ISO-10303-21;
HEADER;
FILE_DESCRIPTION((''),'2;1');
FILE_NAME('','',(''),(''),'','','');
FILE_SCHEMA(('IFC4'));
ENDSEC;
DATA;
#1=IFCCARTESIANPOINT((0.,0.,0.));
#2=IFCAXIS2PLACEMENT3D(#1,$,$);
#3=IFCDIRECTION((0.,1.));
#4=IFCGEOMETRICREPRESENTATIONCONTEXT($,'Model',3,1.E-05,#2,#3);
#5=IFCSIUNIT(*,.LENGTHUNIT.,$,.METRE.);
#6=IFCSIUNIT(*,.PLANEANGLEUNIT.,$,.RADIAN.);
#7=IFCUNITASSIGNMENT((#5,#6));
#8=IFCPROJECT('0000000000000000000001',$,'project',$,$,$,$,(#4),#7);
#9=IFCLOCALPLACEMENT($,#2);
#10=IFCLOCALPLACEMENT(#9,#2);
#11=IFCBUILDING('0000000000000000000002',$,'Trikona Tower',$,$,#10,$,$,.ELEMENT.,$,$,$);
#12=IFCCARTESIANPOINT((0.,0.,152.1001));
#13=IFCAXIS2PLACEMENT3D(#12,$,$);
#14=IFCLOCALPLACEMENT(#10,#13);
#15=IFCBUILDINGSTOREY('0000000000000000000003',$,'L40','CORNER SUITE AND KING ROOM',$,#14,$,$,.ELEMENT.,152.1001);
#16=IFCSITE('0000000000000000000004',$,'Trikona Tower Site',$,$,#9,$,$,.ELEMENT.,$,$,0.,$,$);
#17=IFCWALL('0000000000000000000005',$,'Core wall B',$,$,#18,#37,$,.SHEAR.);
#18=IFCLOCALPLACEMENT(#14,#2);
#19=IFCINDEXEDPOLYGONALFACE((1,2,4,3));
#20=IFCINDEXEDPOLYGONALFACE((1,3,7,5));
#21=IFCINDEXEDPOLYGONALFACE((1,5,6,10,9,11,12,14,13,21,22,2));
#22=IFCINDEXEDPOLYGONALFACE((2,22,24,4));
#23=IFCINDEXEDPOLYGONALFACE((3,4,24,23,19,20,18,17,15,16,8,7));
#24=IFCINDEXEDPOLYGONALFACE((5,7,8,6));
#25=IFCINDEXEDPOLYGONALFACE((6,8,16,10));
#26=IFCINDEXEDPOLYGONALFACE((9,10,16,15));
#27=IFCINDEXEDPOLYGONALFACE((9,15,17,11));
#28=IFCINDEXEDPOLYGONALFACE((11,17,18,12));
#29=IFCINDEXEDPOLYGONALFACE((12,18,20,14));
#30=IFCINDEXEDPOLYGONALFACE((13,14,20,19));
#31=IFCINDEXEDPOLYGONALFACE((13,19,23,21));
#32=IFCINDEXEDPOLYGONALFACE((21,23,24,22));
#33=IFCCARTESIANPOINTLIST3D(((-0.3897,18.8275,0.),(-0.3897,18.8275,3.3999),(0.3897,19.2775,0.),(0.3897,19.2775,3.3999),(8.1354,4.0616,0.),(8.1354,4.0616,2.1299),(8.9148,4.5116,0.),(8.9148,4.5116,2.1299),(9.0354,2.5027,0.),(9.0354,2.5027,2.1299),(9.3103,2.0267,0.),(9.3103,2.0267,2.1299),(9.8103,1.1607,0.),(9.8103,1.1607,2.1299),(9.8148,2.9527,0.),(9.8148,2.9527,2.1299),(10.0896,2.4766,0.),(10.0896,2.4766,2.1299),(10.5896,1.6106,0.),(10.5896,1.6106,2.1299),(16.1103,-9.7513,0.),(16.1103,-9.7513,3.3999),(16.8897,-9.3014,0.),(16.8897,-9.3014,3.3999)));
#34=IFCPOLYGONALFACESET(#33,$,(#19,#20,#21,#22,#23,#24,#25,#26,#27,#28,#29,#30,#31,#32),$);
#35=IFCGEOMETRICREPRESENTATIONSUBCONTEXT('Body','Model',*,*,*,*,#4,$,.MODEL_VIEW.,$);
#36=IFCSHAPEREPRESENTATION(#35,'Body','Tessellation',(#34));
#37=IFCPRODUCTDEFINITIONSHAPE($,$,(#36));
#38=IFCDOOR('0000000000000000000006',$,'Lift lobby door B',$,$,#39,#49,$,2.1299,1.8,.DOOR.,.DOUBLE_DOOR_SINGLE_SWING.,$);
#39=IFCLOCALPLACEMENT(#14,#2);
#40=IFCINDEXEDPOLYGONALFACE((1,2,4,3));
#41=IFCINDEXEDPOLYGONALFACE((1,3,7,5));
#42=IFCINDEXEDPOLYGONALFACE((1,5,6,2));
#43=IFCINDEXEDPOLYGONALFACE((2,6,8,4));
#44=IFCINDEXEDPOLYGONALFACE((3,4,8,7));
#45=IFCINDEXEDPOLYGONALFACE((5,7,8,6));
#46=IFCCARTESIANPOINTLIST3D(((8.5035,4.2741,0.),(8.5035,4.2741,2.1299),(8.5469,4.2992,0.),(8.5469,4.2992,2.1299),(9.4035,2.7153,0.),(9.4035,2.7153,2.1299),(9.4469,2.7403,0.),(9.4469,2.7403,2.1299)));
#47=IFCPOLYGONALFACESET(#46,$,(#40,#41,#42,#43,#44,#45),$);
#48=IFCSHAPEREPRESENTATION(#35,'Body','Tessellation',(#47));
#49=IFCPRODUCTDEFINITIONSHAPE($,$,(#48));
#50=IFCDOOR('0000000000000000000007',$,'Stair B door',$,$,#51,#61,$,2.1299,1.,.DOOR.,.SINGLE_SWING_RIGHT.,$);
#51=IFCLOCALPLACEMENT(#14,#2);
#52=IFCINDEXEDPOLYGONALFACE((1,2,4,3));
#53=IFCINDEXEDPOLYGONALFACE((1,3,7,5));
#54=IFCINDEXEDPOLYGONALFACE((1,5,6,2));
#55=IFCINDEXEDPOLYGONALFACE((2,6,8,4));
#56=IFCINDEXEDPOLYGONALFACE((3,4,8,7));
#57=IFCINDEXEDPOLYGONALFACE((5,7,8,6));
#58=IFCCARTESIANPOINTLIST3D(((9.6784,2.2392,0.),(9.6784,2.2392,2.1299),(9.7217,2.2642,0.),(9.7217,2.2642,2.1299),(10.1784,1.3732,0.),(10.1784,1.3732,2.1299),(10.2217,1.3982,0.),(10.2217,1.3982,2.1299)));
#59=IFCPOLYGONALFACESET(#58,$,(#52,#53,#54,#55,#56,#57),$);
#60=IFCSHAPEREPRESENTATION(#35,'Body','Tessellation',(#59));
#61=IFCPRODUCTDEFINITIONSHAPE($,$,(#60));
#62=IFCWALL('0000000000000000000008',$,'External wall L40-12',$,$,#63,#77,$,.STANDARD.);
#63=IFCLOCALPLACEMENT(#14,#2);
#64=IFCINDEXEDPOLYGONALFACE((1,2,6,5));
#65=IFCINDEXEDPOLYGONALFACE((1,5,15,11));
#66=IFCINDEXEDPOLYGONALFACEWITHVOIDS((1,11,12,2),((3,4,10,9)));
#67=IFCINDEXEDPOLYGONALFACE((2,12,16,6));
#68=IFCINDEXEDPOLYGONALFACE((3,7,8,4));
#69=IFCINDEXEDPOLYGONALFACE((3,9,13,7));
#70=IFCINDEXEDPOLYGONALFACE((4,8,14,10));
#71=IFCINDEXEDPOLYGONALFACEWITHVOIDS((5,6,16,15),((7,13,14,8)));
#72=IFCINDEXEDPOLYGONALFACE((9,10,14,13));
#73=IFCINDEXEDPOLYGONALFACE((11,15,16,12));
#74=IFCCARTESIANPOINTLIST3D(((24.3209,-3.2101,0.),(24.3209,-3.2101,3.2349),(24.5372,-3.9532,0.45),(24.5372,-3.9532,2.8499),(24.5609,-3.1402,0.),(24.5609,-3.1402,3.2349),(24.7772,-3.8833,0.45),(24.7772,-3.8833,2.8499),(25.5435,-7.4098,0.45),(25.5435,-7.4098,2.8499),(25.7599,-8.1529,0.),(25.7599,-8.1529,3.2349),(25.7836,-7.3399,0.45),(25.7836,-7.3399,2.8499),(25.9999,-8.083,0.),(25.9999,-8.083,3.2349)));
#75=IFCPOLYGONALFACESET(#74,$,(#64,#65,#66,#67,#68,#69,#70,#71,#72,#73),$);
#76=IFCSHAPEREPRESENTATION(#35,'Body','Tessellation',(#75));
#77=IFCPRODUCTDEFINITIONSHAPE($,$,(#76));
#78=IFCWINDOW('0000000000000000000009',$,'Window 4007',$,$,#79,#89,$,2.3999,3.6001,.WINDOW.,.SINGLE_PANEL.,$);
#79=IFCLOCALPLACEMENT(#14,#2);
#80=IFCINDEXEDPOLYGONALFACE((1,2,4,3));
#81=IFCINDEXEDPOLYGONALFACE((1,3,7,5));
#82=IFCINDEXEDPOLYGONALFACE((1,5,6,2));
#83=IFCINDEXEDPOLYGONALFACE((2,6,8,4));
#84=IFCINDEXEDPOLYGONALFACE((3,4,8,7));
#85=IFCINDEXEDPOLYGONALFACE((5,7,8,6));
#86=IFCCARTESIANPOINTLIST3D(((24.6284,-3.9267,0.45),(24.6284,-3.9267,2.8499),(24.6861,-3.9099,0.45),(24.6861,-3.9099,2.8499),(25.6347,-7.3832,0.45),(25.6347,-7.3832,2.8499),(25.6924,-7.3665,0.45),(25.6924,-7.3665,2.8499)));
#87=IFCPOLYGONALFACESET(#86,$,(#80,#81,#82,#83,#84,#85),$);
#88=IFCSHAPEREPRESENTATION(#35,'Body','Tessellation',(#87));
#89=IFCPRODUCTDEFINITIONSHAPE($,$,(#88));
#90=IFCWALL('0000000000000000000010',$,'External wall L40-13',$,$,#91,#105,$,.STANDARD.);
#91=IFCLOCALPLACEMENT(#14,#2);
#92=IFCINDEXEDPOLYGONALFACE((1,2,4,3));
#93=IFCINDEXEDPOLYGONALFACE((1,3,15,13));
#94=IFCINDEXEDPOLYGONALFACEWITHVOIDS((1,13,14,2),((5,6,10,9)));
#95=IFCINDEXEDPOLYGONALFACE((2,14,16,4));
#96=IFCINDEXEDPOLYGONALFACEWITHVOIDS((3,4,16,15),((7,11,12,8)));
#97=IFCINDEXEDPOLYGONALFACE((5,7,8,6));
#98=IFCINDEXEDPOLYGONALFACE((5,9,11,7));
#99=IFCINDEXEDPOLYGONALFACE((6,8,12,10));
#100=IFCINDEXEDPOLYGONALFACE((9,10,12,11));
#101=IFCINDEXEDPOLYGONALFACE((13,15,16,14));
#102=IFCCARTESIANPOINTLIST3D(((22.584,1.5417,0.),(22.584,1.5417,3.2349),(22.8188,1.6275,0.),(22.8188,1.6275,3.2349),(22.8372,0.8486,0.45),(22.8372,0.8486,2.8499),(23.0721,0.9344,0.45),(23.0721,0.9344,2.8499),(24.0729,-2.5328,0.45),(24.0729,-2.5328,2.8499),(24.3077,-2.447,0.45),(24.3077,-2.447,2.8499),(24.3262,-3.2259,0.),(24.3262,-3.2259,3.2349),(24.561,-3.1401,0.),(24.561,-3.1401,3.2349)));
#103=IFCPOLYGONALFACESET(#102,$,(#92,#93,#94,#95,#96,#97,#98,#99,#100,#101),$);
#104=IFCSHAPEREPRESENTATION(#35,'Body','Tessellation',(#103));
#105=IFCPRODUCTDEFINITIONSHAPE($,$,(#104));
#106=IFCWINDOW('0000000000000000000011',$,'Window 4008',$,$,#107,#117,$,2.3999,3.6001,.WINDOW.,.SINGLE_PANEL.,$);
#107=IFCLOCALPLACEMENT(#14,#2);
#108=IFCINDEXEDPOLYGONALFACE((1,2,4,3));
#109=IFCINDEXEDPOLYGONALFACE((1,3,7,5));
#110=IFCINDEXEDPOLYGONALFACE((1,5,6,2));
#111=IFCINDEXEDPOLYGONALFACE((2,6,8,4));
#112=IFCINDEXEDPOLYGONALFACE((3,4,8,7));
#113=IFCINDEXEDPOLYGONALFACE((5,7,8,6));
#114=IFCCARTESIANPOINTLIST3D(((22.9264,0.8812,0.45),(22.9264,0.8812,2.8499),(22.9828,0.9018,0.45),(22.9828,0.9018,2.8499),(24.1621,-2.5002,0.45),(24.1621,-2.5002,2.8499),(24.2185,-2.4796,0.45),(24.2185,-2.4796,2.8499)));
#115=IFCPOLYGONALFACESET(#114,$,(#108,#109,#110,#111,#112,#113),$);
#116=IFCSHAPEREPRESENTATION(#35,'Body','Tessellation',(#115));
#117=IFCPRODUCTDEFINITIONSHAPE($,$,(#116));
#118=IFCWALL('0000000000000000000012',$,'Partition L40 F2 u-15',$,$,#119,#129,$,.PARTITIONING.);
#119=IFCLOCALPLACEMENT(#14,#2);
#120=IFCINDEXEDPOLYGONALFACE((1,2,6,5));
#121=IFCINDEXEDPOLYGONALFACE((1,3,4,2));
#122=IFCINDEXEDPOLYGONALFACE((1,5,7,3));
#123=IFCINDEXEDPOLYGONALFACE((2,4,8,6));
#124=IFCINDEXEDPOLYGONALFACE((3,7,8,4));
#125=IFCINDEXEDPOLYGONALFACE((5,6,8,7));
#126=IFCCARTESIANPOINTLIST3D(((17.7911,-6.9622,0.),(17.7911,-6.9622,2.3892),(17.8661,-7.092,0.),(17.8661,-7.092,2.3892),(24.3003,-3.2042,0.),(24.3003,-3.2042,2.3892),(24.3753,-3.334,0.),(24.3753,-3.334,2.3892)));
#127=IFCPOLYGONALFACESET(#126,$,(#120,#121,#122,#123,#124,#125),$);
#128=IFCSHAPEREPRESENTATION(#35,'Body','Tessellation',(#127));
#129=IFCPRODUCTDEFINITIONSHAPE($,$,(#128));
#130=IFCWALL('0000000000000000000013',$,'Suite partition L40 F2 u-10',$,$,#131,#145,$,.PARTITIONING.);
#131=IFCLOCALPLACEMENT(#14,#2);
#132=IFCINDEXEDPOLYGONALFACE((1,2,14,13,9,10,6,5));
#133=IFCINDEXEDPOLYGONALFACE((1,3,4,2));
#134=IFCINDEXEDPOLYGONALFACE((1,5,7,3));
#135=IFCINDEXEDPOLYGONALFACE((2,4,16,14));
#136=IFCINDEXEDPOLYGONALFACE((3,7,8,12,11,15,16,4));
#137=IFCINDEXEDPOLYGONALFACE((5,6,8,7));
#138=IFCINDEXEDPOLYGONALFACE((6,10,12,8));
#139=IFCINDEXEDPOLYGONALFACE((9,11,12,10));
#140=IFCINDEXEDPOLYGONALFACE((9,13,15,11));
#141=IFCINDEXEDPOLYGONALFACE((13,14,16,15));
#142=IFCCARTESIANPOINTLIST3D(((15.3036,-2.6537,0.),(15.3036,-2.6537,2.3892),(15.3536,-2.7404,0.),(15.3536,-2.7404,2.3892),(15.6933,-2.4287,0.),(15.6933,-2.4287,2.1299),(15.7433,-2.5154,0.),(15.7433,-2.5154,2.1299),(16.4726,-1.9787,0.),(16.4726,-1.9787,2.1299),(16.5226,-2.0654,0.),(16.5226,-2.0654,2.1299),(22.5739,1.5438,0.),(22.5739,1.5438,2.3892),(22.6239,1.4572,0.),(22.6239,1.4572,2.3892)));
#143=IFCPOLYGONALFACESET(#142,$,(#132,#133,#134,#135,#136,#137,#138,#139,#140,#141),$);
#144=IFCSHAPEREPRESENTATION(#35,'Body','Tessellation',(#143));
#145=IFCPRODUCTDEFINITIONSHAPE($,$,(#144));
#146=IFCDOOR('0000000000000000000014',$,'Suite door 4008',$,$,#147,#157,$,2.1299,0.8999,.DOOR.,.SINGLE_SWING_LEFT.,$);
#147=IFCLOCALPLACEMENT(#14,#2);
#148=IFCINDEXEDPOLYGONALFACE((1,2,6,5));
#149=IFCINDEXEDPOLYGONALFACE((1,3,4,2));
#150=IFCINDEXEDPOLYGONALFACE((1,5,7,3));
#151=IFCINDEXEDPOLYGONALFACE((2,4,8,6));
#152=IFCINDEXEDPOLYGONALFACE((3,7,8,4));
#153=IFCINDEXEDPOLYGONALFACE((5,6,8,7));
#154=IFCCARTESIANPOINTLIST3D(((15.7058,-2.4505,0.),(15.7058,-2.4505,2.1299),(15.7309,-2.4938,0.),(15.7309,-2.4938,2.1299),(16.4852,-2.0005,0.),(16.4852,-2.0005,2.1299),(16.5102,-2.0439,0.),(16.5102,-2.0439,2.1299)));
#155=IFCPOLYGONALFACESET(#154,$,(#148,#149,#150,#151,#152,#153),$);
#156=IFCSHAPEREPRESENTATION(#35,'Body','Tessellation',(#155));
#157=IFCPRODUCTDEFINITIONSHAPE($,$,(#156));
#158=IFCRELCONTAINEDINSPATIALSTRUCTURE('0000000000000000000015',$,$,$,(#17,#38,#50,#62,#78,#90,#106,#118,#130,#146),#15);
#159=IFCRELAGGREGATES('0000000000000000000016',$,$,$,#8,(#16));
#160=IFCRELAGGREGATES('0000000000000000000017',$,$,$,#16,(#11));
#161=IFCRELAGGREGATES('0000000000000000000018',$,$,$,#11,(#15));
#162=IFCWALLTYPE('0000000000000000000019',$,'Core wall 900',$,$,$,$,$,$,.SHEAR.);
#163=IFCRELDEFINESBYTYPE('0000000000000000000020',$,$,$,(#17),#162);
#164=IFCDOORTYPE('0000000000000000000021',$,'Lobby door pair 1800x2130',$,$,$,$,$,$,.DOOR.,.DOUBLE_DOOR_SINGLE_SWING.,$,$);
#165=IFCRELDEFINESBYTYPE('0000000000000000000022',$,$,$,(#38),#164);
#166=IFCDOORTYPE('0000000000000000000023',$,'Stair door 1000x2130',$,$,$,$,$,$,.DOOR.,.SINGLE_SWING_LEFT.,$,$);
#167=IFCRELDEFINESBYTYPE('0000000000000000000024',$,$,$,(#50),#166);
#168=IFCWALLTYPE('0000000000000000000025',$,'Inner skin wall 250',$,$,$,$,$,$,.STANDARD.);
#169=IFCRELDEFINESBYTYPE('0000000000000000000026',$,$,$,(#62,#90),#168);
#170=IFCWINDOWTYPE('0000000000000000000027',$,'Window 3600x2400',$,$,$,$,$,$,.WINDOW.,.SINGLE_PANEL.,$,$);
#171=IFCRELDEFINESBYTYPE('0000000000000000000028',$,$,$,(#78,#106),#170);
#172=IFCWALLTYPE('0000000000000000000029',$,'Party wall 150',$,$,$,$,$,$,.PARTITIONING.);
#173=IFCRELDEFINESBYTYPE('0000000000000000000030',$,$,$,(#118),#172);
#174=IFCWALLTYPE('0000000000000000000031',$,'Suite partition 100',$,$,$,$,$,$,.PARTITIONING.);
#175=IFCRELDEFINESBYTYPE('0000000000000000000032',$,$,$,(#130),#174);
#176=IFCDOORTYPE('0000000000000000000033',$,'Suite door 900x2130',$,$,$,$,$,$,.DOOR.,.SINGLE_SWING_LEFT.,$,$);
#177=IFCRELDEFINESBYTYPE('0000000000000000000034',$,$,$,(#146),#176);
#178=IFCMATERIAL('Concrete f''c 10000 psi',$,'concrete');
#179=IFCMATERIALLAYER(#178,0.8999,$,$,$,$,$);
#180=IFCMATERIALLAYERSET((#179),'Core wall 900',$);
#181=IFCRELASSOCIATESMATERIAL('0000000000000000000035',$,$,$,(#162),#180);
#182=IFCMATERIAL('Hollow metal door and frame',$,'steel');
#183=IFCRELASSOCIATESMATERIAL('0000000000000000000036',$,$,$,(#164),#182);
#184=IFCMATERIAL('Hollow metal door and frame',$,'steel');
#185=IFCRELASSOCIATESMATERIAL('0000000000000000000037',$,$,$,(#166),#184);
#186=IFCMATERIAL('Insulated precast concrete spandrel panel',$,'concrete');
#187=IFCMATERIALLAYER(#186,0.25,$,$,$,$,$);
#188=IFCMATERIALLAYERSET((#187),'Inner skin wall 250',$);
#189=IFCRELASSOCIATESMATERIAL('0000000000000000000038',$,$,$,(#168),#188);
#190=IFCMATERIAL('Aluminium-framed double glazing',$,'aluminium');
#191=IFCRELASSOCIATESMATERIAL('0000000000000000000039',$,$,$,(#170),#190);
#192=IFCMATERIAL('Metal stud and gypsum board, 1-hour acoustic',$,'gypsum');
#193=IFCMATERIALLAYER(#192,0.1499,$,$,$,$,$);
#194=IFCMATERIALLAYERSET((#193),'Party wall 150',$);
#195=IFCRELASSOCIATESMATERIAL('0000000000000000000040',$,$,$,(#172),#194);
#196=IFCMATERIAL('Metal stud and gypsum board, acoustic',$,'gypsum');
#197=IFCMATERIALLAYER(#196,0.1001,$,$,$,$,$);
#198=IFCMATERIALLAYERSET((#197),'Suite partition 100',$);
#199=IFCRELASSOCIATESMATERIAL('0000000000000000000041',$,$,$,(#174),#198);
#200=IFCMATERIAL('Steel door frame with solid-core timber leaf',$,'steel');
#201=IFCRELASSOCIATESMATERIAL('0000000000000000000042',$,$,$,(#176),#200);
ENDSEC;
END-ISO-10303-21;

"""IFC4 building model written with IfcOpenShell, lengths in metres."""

from ifc_helpers import new_model, si_unit, direction, frame, frame_2d, origin, place, context, subcontext, project, spatial, rectangle, extrude, material, layer, layer_set, type_object, element, fill, save


model = new_model("IFC4")

# Units and contexts
model_context = context("Model", 3, precision=1e-05, world=origin(), true_north=direction((0.0, 1.0)))
body_context = subcontext(model_context, "Body", "Model", "MODEL_VIEW")
ifc_project = project(units=[si_unit("LENGTHUNIT", "METRE"), si_unit("PLANEANGLEUNIT", "RADIAN")], contexts=[model_context])

# Site, building, storey
site_placement = place(None, origin())
site = spatial("IfcSite", under=ifc_project, at=site_placement, Name="Trikona Tower Site", CompositionType="ELEMENT", RefElevation=0.0)
building_placement = place(site_placement, origin())
building = spatial("IfcBuilding", under=site, at=building_placement, Name="Trikona Tower", CompositionType="ELEMENT")
storey_placement = place(building_placement, frame((0.0, 0.0, 152.1001)))
storey = spatial("IfcBuildingStorey", under=building, at=storey_placement, Name="L40", Description="CORNER SUITE AND KING ROOM", CompositionType="ELEMENT", Elevation=152.1001)

# Wall, openings, doors
ifc_material_1 = material(Name="Concrete f'c 10000 psi", Category="concrete")
ifc_layer_1 = layer(ifc_material_1, 0.8999)
ifc_layer_set_1 = layer_set([ifc_layer_1], Name="Core wall 900")
wall_type_1 = type_object("IfcWallType", Name="Core wall 900", PredefinedType="SHEAR", material=ifc_layer_set_1)
wall_1_placement = place(storey_placement, frame((16.5, -9.5264, 0.0), z_axis=(0.0, 0.0, 1.0), x_axis=(-0.5, 0.866026, 0.0)))
wall_1 = element("IfcWall", 1, at=wall_1_placement, inside=storey, type_object=wall_type_1, Name="Core wall B", PredefinedType="SHEAR", context=body_context, shape_type="SweptSolid", body=[
    extrude(rectangle(XDim=33.0, YDim=0.8999, at=frame_2d((16.5, 0.0))), origin(), (0.0, 0.0, 1.0), 3.3999),
])
opening_1_placement = place(wall_1_placement, frame((14.1499, 0.0, 0.0)))
opening_1 = element("IfcOpeningElement", 2, at=opening_1_placement, cuts=wall_1, PredefinedType="OPENING", context=body_context, shape_type="SweptSolid", body=[
    extrude(rectangle(XDim=1.8, YDim=2.1299, at=frame_2d((0.8999, 1.0649))), frame((0.0, 0.46, 0.0), z_axis=(0.0, -1.0, 0.0), x_axis=(1.0, 0.0, 0.0)), (0.0, 0.0, 1.0), 0.9199),
])
opening_2_placement = place(wall_1_placement, frame((12.6001, 0.0, 0.0)))
opening_2 = element("IfcOpeningElement", 3, at=opening_2_placement, cuts=wall_1, PredefinedType="OPENING", context=body_context, shape_type="SweptSolid", body=[
    extrude(rectangle(XDim=1.0, YDim=2.1299, at=frame_2d((0.5, 1.0649))), frame((0.0, 0.46, 0.0), z_axis=(0.0, -1.0, 0.0), x_axis=(1.0, 0.0, 0.0)), (0.0, 0.0, 1.0), 0.9199),
])
ifc_material_2 = material(Name="Hollow metal door and frame", Category="steel")
door_type_1 = type_object("IfcDoorType", Name="Lobby door pair 1800x2130", OperationType="DOUBLE_DOOR_SINGLE_SWING", PredefinedType="DOOR", material=ifc_material_2)
door_1_placement = place(opening_1_placement, origin())
door_1 = element("IfcDoor", 4, at=door_1_placement, inside=storey, type_object=door_type_1, Name="Lift lobby door B", OperationType="DOUBLE_DOOR_SINGLE_SWING", OverallHeight=2.1299, OverallWidth=1.8, PredefinedType="DOOR", context=body_context, shape_type="SweptSolid", body=[
    extrude(rectangle(XDim=1.8, YDim=2.1299, at=frame_2d((0.8999, 1.0649))), frame((0.0, 0.0249, 0.0), z_axis=(0.0, -1.0, 0.0), x_axis=(1.0, 0.0, 0.0)), (0.0, 0.0, 1.0), 0.05),
])
fill(opening_1, door_1)
ifc_material_3 = material(Name="Hollow metal door and frame", Category="steel")
door_type_2 = type_object("IfcDoorType", Name="Stair door 1000x2130", OperationType="SINGLE_SWING_LEFT", PredefinedType="DOOR", material=ifc_material_3)
door_2_placement = place(opening_2_placement, origin())
door_2 = element("IfcDoor", 5, at=door_2_placement, inside=storey, type_object=door_type_2, Name="Stair B door", OperationType="SINGLE_SWING_RIGHT", OverallHeight=2.1299, OverallWidth=1.0, PredefinedType="DOOR", context=body_context, shape_type="SweptSolid", body=[
    extrude(rectangle(XDim=1.0, YDim=2.1299, at=frame_2d((0.5, 1.0649))), frame((0.0, 0.0249, 0.0), z_axis=(0.0, -1.0, 0.0), x_axis=(1.0, 0.0, 0.0)), (0.0, 0.0, 1.0), 0.05),
])
fill(opening_2, door_2)

# Walls, openings, windows
ifc_material_4 = material(Name="Insulated precast concrete spandrel panel", Category="concrete")
ifc_layer_2 = layer(ifc_material_4, 0.25)
ifc_layer_set_2 = layer_set([ifc_layer_2], Name="Inner skin wall 250")
wall_type_2 = type_object("IfcWallType", Name="Inner skin wall 250", PredefinedType="STANDARD", material=ifc_layer_set_2)
wall_2_placement = place(storey_placement, frame((25.8799, -8.1179, 0.0), z_axis=(0.0, 0.0, 1.0), x_axis=(-0.279528, 0.960137, 0.0)))
wall_2 = element("IfcWall", 6, at=wall_2_placement, inside=storey, type_object=wall_type_2, Name="External wall L40-12", PredefinedType="STANDARD", context=body_context, shape_type="SweptSolid", body=[
    extrude(rectangle(XDim=5.1479, YDim=0.25, at=frame_2d((2.574, 0.0))), origin(), (0.0, 0.0, 1.0), 3.2349),
])
opening_3_placement = place(wall_2_placement, frame((0.7739, 0.0, 0.45)))
opening_3 = element("IfcOpeningElement", 7, at=opening_3_placement, cuts=wall_2, PredefinedType="OPENING", context=body_context, shape_type="SweptSolid", body=[
    extrude(rectangle(XDim=3.6001, YDim=2.3999, at=frame_2d((1.8, 1.2))), frame((0.0, 0.135, 0.0), z_axis=(0.0, -1.0, 0.0), x_axis=(1.0, 0.0, 0.0)), (0.0, 0.0, 1.0), 0.27),
])
ifc_material_5 = material(Name="Aluminium-framed double glazing", Category="aluminium")
window_type = type_object("IfcWindowType", Name="Window 3600x2400", PartitioningType="SINGLE_PANEL", PredefinedType="WINDOW", material=ifc_material_5)
window_1_placement = place(opening_3_placement, origin())
window_1 = element("IfcWindow", 8, at=window_1_placement, inside=storey, type_object=window_type, Name="Window 4007", OverallHeight=2.3999, OverallWidth=3.6001, PartitioningType="SINGLE_PANEL", PredefinedType="WINDOW", context=body_context, shape_type="SweptSolid", body=[
    extrude(rectangle(XDim=3.6001, YDim=2.3999, at=frame_2d((1.8, 1.2))), frame((0.0, 0.03, 0.0), z_axis=(0.0, -1.0, 0.0), x_axis=(1.0, 0.0, 0.0)), (0.0, 0.0, 1.0), 0.0601),
])
fill(opening_3, window_1)
wall_3_placement = place(storey_placement, frame((24.4436, -3.1831, 0.0), z_axis=(0.0, 0.0, 1.0), x_axis=(-0.343226, 0.939253, 0.0)))
wall_3 = element("IfcWall", 9, at=wall_3_placement, inside=storey, type_object=wall_type_2, Name="External wall L40-13", PredefinedType="STANDARD", context=body_context, shape_type="SweptSolid", body=[
    extrude(rectangle(XDim=5.0759, YDim=0.25, at=frame_2d((2.5381, 0.0))), origin(), (0.0, 0.0, 1.0), 3.2349),
])
opening_4_placement = place(wall_3_placement, frame((0.738, 0.0, 0.45)))
opening_4 = element("IfcOpeningElement", 10, at=opening_4_placement, cuts=wall_3, PredefinedType="OPENING", context=body_context, shape_type="SweptSolid", body=[
    extrude(rectangle(XDim=3.6001, YDim=2.3999, at=frame_2d((1.8, 1.2))), frame((0.0, 0.135, 0.0), z_axis=(0.0, -1.0, 0.0), x_axis=(1.0, 0.0, 0.0)), (0.0, 0.0, 1.0), 0.27),
])
window_2_placement = place(opening_4_placement, origin())
window_2 = element("IfcWindow", 11, at=window_2_placement, inside=storey, type_object=window_type, Name="Window 4008", OverallHeight=2.3999, OverallWidth=3.6001, PartitioningType="SINGLE_PANEL", PredefinedType="WINDOW", context=body_context, shape_type="SweptSolid", body=[
    extrude(rectangle(XDim=3.6001, YDim=2.3999, at=frame_2d((1.8, 1.2))), frame((0.0, 0.03, 0.0), z_axis=(0.0, -1.0, 0.0), x_axis=(1.0, 0.0, 0.0)), (0.0, 0.0, 1.0), 0.0601),
])
fill(opening_4, window_2)

# Wall
ifc_material_6 = material(Name="Metal stud and gypsum board, 1-hour acoustic", Category="gypsum")
ifc_layer_3 = layer(ifc_material_6, 0.1499)
ifc_layer_set_3 = layer_set([ifc_layer_3], Name="Party wall 150")
wall_type_3 = type_object("IfcWallType", Name="Party wall 150", PredefinedType="PARTITIONING", material=ifc_layer_set_3)
wall_4_placement = place(storey_placement, frame((17.8286, -7.0271, 0.0), z_axis=(0.0, 0.0, 1.0), x_axis=(0.86603, 0.499992, 0.0)))
element("IfcWall", 12, at=wall_4_placement, inside=storey, type_object=wall_type_3, Name="Partition L40 F2 u-15", PredefinedType="PARTITIONING", context=body_context, shape_type="SweptSolid", body=[
    extrude(rectangle(XDim=7.5161, YDim=0.1499, at=frame_2d((3.7581, 0.0))), origin(), (0.0, 0.0, 1.0), 2.3892),
])

# Wall, opening, door
ifc_material_7 = material(Name="Metal stud and gypsum board, acoustic", Category="gypsum")
ifc_layer_4 = layer(ifc_material_7, 0.1001)
ifc_layer_set_4 = layer_set([ifc_layer_4], Name="Suite partition 100")
wall_type_4 = type_object("IfcWallType", Name="Suite partition 100", PredefinedType="PARTITIONING", material=ifc_layer_set_4)
wall_5_placement = place(storey_placement, frame((15.3286, -2.697, 0.0), z_axis=(0.0, 0.0, 1.0), x_axis=(0.866024, 0.500002, 0.0)))
wall_5 = element("IfcWall", 13, at=wall_5_placement, inside=storey, type_object=wall_type_4, Name="Suite partition L40 F2 u-10", PredefinedType="PARTITIONING", context=body_context, shape_type="SweptSolid", body=[
    extrude(rectangle(XDim=8.395, YDim=0.1001, at=frame_2d((4.1975, 0.0))), origin(), (0.0, 0.0, 1.0), 2.3892),
])
opening_5_placement = place(wall_5_placement, frame((0.45, 0.0, 0.0)))
opening_5 = element("IfcOpeningElement", 14, at=opening_5_placement, cuts=wall_5, PredefinedType="OPENING", context=body_context, shape_type="SweptSolid", body=[
    extrude(rectangle(XDim=0.8999, YDim=2.1299, at=frame_2d((0.45, 1.0649))), frame((0.0, 0.0601, 0.0), z_axis=(0.0, -1.0, 0.0), x_axis=(1.0, 0.0, 0.0)), (0.0, 0.0, 1.0), 0.1201),
])
ifc_material_8 = material(Name="Steel door frame with solid-core timber leaf", Category="steel")
door_type_3 = type_object("IfcDoorType", Name="Suite door 900x2130", OperationType="SINGLE_SWING_LEFT", PredefinedType="DOOR", material=ifc_material_8)
door_3_placement = place(opening_5_placement, origin())
door_3 = element("IfcDoor", 15, at=door_3_placement, inside=storey, type_object=door_type_3, Name="Suite door 4008", OperationType="SINGLE_SWING_LEFT", OverallHeight=2.1299, OverallWidth=0.8999, PredefinedType="DOOR", context=body_context, shape_type="SweptSolid", body=[
    extrude(rectangle(XDim=0.8999, YDim=2.1299, at=frame_2d((0.45, 1.0649))), frame((0.0, 0.0249, 0.0), z_axis=(0.0, -1.0, 0.0), x_axis=(1.0, 0.0, 0.0)), (0.0, 0.0, 1.0), 0.05),
])
fill(opening_5, door_3)

save(model, "model.ifc")
